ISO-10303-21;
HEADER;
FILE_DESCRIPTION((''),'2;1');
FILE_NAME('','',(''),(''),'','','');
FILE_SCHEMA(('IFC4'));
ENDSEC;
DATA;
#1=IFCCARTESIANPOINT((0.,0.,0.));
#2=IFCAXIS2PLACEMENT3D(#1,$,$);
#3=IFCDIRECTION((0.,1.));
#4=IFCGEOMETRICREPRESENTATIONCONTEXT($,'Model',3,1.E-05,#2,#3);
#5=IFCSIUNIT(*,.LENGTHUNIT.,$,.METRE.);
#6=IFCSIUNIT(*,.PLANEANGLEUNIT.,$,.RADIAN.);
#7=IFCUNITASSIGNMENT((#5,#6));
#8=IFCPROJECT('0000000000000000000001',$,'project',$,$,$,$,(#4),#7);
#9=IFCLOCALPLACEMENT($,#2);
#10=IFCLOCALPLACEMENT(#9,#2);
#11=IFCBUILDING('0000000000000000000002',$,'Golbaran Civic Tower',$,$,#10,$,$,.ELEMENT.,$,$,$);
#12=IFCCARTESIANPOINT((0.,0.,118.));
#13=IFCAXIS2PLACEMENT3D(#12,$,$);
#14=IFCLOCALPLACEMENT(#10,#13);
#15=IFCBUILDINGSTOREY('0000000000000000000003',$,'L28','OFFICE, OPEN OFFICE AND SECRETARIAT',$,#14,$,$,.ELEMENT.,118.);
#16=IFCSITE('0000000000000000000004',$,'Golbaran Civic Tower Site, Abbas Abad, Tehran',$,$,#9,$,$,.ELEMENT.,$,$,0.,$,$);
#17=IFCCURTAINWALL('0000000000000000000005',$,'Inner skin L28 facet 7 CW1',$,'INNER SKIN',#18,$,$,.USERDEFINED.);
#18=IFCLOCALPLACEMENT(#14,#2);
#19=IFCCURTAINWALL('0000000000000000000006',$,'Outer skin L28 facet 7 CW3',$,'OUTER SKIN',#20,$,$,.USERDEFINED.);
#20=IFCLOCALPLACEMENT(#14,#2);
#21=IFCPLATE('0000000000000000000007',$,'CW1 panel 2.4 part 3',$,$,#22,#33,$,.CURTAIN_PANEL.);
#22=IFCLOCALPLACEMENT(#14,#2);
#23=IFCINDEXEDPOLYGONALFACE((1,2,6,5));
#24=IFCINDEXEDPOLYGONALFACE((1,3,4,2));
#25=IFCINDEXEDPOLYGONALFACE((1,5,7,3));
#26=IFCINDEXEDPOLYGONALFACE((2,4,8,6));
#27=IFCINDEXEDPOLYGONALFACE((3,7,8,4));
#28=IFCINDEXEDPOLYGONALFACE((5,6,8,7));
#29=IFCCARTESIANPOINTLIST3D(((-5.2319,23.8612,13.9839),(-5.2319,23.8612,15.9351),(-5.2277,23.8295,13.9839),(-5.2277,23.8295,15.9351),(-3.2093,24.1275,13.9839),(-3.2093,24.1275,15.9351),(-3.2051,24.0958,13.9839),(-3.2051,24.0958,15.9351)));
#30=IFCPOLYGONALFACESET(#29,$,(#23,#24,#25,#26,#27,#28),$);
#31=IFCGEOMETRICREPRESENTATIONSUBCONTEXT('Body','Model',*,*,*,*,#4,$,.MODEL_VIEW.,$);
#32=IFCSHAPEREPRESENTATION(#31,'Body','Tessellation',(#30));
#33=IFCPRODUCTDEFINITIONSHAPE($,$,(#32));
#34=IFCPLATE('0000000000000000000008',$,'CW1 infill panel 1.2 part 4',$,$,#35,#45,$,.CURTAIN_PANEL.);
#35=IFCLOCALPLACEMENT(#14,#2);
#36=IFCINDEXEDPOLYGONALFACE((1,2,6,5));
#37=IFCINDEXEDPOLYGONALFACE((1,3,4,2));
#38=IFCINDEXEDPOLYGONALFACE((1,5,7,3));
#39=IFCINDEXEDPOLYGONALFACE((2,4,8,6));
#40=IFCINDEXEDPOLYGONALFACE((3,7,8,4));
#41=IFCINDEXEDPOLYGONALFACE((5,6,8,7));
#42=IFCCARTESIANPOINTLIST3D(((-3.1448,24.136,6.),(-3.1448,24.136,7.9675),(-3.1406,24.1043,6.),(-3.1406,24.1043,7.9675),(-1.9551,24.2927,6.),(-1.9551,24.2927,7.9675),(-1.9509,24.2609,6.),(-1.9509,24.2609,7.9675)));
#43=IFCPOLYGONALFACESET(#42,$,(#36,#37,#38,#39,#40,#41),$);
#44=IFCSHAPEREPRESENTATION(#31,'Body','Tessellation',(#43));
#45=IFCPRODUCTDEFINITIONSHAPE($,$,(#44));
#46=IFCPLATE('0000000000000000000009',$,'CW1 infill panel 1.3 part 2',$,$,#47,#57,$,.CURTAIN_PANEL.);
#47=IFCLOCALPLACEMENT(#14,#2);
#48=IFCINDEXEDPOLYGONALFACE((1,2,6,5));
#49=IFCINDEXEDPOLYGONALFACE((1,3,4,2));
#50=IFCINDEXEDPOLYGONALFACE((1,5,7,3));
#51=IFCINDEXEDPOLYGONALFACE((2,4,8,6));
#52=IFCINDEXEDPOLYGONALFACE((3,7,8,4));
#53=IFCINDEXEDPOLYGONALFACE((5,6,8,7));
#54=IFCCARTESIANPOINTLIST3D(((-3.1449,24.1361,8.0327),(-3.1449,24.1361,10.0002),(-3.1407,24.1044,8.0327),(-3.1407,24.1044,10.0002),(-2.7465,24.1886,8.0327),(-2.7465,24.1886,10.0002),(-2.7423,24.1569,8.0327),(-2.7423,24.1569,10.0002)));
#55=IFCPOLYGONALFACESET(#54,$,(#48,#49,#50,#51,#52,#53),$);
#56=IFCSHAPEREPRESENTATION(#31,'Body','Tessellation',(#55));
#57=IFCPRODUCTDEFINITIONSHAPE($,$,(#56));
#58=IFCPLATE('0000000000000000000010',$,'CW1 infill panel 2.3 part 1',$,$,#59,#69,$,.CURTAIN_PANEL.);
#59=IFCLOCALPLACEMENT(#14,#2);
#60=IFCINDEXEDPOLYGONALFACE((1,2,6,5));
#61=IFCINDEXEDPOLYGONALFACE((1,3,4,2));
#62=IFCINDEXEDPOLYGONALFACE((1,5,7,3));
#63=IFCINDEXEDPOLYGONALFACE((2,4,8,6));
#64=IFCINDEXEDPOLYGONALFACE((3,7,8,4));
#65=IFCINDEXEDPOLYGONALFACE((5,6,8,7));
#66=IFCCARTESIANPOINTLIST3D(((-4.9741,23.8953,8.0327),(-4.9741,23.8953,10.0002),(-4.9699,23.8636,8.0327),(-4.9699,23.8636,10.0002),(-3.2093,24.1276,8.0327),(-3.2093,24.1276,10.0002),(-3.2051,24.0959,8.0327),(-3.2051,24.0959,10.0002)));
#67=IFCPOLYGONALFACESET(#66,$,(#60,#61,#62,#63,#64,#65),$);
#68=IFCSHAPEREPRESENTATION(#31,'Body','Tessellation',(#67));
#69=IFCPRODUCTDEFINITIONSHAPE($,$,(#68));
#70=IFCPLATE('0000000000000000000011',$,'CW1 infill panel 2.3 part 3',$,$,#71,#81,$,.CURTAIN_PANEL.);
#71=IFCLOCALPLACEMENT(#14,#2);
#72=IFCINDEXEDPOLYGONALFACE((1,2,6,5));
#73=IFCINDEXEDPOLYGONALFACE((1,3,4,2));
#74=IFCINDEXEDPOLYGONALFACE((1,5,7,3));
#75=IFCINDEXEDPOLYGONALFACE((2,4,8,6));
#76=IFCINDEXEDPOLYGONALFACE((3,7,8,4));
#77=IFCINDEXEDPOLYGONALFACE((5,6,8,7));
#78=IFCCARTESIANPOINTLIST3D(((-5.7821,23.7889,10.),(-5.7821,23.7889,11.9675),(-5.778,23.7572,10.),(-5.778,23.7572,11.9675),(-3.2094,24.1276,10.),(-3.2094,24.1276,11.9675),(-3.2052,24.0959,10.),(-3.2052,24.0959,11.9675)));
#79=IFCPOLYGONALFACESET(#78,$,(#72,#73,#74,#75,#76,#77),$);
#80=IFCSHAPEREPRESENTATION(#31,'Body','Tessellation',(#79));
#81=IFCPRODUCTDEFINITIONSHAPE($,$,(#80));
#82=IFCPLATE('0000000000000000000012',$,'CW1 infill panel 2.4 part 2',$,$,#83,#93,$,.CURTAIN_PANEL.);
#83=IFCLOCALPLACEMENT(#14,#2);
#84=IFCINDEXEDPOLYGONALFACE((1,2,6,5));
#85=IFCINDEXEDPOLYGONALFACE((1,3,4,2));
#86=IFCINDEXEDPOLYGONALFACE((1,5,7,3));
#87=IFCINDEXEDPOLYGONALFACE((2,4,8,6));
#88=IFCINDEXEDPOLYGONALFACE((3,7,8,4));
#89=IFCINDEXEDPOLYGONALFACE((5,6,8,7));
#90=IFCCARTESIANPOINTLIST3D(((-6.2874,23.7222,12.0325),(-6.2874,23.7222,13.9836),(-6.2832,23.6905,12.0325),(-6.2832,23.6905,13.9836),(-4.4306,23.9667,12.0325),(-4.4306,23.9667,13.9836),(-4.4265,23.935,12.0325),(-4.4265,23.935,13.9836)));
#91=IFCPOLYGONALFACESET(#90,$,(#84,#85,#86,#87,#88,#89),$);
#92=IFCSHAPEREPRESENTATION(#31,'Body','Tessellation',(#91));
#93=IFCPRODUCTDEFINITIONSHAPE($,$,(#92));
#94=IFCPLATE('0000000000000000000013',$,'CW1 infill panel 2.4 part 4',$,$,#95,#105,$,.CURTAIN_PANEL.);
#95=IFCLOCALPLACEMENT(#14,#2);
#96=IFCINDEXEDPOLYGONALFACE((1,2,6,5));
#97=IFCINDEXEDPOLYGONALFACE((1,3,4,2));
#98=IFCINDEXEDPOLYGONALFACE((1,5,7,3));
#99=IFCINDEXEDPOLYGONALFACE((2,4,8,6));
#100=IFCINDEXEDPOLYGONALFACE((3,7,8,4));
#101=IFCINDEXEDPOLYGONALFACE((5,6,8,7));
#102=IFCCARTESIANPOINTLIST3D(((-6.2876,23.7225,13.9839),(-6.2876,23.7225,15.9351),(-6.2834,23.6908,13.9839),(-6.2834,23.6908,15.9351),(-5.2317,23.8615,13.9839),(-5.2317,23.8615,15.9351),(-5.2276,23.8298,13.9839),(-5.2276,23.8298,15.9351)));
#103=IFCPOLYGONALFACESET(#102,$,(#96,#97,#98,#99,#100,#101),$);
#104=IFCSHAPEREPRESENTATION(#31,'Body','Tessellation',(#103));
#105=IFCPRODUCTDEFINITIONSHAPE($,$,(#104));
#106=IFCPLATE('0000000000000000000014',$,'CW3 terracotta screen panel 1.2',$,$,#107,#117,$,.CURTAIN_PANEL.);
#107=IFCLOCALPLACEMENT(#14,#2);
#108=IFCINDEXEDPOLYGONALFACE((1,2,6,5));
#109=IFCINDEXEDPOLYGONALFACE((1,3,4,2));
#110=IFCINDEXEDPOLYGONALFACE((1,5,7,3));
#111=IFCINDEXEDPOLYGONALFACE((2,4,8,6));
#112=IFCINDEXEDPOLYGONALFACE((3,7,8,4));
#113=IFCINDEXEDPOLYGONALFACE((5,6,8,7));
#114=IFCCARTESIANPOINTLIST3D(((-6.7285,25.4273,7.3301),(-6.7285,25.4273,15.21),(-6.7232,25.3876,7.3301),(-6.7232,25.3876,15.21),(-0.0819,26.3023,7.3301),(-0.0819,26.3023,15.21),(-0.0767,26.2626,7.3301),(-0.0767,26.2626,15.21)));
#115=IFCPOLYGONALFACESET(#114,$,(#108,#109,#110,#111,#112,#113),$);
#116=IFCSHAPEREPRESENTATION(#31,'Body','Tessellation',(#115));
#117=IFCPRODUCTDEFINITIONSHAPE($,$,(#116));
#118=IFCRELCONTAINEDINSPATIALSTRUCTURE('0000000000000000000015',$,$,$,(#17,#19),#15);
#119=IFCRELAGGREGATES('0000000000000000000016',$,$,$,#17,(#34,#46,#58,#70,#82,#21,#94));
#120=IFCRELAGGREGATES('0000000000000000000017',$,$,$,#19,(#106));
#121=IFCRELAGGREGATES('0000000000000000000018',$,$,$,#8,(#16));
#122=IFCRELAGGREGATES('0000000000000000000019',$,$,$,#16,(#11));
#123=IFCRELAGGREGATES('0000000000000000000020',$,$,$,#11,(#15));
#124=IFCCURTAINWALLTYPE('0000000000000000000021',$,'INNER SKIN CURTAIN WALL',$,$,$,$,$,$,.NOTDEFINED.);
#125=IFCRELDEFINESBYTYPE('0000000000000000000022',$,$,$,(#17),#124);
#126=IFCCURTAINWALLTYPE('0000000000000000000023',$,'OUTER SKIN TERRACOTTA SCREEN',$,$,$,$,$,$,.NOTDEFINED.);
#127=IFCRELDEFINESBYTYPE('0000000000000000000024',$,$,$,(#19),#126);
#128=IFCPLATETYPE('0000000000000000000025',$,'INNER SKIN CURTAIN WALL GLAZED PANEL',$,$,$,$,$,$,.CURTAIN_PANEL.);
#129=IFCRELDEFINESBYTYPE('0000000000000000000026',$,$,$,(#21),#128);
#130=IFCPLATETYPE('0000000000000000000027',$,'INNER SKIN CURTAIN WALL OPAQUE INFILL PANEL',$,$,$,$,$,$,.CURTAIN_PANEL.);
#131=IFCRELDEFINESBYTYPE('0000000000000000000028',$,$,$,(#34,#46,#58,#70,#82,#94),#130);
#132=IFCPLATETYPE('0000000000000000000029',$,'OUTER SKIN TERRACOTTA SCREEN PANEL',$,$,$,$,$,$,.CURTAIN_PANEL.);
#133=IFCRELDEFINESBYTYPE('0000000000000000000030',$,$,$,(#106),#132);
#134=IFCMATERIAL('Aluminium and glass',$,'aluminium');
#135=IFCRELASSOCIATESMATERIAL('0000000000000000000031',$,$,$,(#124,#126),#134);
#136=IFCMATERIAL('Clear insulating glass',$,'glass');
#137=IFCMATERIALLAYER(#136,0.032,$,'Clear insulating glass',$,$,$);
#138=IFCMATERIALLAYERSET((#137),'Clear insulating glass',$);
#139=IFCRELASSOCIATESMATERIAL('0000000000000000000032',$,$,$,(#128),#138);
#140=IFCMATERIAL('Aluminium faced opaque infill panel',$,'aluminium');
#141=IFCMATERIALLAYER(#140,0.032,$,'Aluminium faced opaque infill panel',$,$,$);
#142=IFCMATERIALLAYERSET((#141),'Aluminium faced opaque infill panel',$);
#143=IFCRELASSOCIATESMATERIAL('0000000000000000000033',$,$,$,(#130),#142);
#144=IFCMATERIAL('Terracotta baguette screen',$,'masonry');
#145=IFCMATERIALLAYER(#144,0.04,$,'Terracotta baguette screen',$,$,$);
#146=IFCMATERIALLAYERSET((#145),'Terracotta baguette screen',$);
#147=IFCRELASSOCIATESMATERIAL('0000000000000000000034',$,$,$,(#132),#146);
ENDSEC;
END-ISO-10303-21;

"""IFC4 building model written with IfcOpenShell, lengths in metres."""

from ifc_helpers import new_model, si_unit, direction, frame, origin, origin_2d, place, context, subcontext, project, spatial, rectangle, extrude, material, layer, layer_set, type_object, element, aggregate, save


model = new_model("IFC4")

# Units and contexts
model_context = context("Model", 3, precision=1e-05, world=origin(), true_north=direction((0.0, 1.0)))
body_context = subcontext(model_context, "Body", "Model", "MODEL_VIEW")
ifc_project = project(units=[si_unit("LENGTHUNIT", "METRE"), si_unit("PLANEANGLEUNIT", "RADIAN")], contexts=[model_context])

# Site, building, storey
site_placement = place(None, origin())
site = spatial("IfcSite", under=ifc_project, at=site_placement, Name="Golbaran Civic Tower Site, Abbas Abad, Tehran", CompositionType="ELEMENT", RefElevation=0.0)
building_placement = place(site_placement, origin())
building = spatial("IfcBuilding", under=site, at=building_placement, Name="Golbaran Civic Tower", CompositionType="ELEMENT")
storey_placement = place(building_placement, frame((0.0, 0.0, 118.0)))
storey = spatial("IfcBuildingStorey", under=building, at=storey_placement, Name="L28", Description="OFFICE, OPEN OFFICE AND SECRETARIAT", CompositionType="ELEMENT", Elevation=118.0)

# Curtain walls
ifc_material_1 = material(Name="Aluminium and glass", Category="aluminium")
curtain_wall_type_1 = type_object("IfcCurtainWallType", Name="INNER SKIN CURTAIN WALL", PredefinedType="NOTDEFINED", material=ifc_material_1)
curtain_wall_1_placement = place(storey_placement, origin())
curtain_wall_1 = element("IfcCurtainWall", 1, at=curtain_wall_1_placement, inside=storey, type_object=curtain_wall_type_1, Name="Inner skin L28 facet 7 CW1", ObjectType="INNER SKIN", PredefinedType="USERDEFINED")
curtain_wall_type_2 = type_object("IfcCurtainWallType", Name="OUTER SKIN TERRACOTTA SCREEN", PredefinedType="NOTDEFINED", material=ifc_material_1)
curtain_wall_2_placement = place(storey_placement, origin())
curtain_wall_2 = element("IfcCurtainWall", 2, at=curtain_wall_2_placement, inside=storey, type_object=curtain_wall_type_2, Name="Outer skin L28 facet 7 CW3", ObjectType="OUTER SKIN", PredefinedType="USERDEFINED")

# Plates
ifc_material_2 = material(Name="Clear insulating glass", Category="glass")
ifc_layer_1 = layer(ifc_material_2, 0.032, Name="Clear insulating glass")
ifc_layer_set_1 = layer_set([ifc_layer_1], Name="Clear insulating glass")
plate_type_1 = type_object("IfcPlateType", Name="INNER SKIN CURTAIN WALL GLAZED PANEL", PredefinedType="CURTAIN_PANEL", material=ifc_layer_set_1)
plate_1_placement = place(storey_placement, frame((-4.2185, 23.9785, 13.9839), z_axis=(0.0, 0.0, 1.0), x_axis=(-0.991445, -0.130526, 0.0)))
plate_1 = element("IfcPlate", 3, at=plate_1_placement, type_object=plate_type_1, Name="CW1 panel 2.4 part 3", PredefinedType="CURTAIN_PANEL", context=body_context, shape_type="SweptSolid", body=[
    extrude(rectangle(XDim=2.04, YDim=0.032, at=origin_2d()), origin(), (0.0, 0.0, 1.0), 1.9512),
])
ifc_material_3 = material(Name="Aluminium faced opaque infill panel", Category="aluminium")
ifc_layer_2 = layer(ifc_material_3, 0.032, Name="Aluminium faced opaque infill panel")
ifc_layer_set_2 = layer_set([ifc_layer_2], Name="Aluminium faced opaque infill panel")
plate_type_2 = type_object("IfcPlateType", Name="INNER SKIN CURTAIN WALL OPAQUE INFILL PANEL", PredefinedType="CURTAIN_PANEL", material=ifc_layer_set_2)
plate_2_placement = place(storey_placement, frame((-2.5479, 24.1985, 6.0), z_axis=(0.0, 0.0, 1.0), x_axis=(-0.991445, -0.130526, 0.0)))
plate_2 = element("IfcPlate", 4, at=plate_2_placement, type_object=plate_type_2, Name="CW1 infill panel 1.2 part 4", PredefinedType="CURTAIN_PANEL", context=body_context, shape_type="SweptSolid", body=[
    extrude(rectangle(XDim=1.2, YDim=0.032, at=origin_2d()), origin(), (0.0, 0.0, 1.0), 1.9675),
])
plate_3_placement = place(storey_placement, frame((-2.9436, 24.1465, 8.0327), z_axis=(0.0, 0.0, 1.0), x_axis=(-0.991445, -0.130526, 0.0)))
plate_3 = element("IfcPlate", 5, at=plate_3_placement, type_object=plate_type_2, Name="CW1 infill panel 1.3 part 2", PredefinedType="CURTAIN_PANEL", context=body_context, shape_type="SweptSolid", body=[
    extrude(rectangle(XDim=0.4019, YDim=0.032, at=origin_2d()), origin(), (0.0, 0.0, 1.0), 1.9675),
])
plate_4_placement = place(storey_placement, frame((-4.0896, 23.9956, 8.0327), z_axis=(0.0, 0.0, 1.0), x_axis=(-0.991445, -0.130526, 0.0)))
plate_4 = element("IfcPlate", 6, at=plate_4_placement, type_object=plate_type_2, Name="CW1 infill panel 2.3 part 1", PredefinedType="CURTAIN_PANEL", context=body_context, shape_type="SweptSolid", body=[
    extrude(rectangle(XDim=1.78, YDim=0.032, at=origin_2d()), origin(), (0.0, 0.0, 1.0), 1.9675),
])
plate_5_placement = place(storey_placement, frame((-4.4937, 23.9424, 10.0), z_axis=(0.0, 0.0, 1.0), x_axis=(-0.991445, -0.130526, 0.0)))
plate_5 = element("IfcPlate", 7, at=plate_5_placement, type_object=plate_type_2, Name="CW1 infill panel 2.3 part 3", PredefinedType="CURTAIN_PANEL", context=body_context, shape_type="SweptSolid", body=[
    extrude(rectangle(XDim=2.595, YDim=0.032, at=origin_2d()), origin(), (0.0, 0.0, 1.0), 1.9675),
])
plate_6_placement = place(storey_placement, frame((-5.3569, 23.8286, 12.0325), z_axis=(0.0, 0.0, 1.0), x_axis=(-0.991445, -0.130526, 0.0)))
plate_6 = element("IfcPlate", 8, at=plate_6_placement, type_object=plate_type_2, Name="CW1 infill panel 2.4 part 2", PredefinedType="CURTAIN_PANEL", context=body_context, shape_type="SweptSolid", body=[
    extrude(rectangle(XDim=1.8728, YDim=0.032, at=origin_2d()), origin(), (0.0, 0.0, 1.0), 1.9512),
])
plate_7_placement = place(storey_placement, frame((-5.7576, 23.7761, 13.9839), z_axis=(0.0, 0.0, 1.0), x_axis=(-0.991445, -0.130526, 0.0)))
plate_7 = element("IfcPlate", 9, at=plate_7_placement, type_object=plate_type_2, Name="CW1 infill panel 2.4 part 4", PredefinedType="CURTAIN_PANEL", context=body_context, shape_type="SweptSolid", body=[
    extrude(rectangle(XDim=1.0649, YDim=0.032, at=origin_2d()), origin(), (0.0, 0.0, 1.0), 1.9512),
])
aggregate(curtain_wall_1, [plate_2, plate_3, plate_4, plate_5, plate_6, plate_1, plate_7])
ifc_material_4 = material(Name="Terracotta baguette screen", Category="masonry")
ifc_layer_3 = layer(ifc_material_4, 0.04, Name="Terracotta baguette screen")
ifc_layer_set_3 = layer_set([ifc_layer_3], Name="Terracotta baguette screen")
plate_type_3 = type_object("IfcPlateType", Name="OUTER SKIN TERRACOTTA SCREEN PANEL", PredefinedType="CURTAIN_PANEL", material=ifc_layer_set_3)
plate_8_placement = place(storey_placement, frame((-3.4026, 25.845, 7.3301), z_axis=(0.0, 0.0, 1.0), x_axis=(-0.991445, -0.130526, 0.0)))
plate_8 = element("IfcPlate", 10, at=plate_8_placement, type_object=plate_type_3, Name="CW3 terracotta screen panel 1.2", PredefinedType="CURTAIN_PANEL", context=body_context, shape_type="SweptSolid", body=[
    extrude(rectangle(XDim=6.7039, YDim=0.04, at=origin_2d()), origin(), (0.0, 0.0, 1.0), 7.8799),
])
aggregate(curtain_wall_2, [plate_8])

save(model, "model.ifc")
